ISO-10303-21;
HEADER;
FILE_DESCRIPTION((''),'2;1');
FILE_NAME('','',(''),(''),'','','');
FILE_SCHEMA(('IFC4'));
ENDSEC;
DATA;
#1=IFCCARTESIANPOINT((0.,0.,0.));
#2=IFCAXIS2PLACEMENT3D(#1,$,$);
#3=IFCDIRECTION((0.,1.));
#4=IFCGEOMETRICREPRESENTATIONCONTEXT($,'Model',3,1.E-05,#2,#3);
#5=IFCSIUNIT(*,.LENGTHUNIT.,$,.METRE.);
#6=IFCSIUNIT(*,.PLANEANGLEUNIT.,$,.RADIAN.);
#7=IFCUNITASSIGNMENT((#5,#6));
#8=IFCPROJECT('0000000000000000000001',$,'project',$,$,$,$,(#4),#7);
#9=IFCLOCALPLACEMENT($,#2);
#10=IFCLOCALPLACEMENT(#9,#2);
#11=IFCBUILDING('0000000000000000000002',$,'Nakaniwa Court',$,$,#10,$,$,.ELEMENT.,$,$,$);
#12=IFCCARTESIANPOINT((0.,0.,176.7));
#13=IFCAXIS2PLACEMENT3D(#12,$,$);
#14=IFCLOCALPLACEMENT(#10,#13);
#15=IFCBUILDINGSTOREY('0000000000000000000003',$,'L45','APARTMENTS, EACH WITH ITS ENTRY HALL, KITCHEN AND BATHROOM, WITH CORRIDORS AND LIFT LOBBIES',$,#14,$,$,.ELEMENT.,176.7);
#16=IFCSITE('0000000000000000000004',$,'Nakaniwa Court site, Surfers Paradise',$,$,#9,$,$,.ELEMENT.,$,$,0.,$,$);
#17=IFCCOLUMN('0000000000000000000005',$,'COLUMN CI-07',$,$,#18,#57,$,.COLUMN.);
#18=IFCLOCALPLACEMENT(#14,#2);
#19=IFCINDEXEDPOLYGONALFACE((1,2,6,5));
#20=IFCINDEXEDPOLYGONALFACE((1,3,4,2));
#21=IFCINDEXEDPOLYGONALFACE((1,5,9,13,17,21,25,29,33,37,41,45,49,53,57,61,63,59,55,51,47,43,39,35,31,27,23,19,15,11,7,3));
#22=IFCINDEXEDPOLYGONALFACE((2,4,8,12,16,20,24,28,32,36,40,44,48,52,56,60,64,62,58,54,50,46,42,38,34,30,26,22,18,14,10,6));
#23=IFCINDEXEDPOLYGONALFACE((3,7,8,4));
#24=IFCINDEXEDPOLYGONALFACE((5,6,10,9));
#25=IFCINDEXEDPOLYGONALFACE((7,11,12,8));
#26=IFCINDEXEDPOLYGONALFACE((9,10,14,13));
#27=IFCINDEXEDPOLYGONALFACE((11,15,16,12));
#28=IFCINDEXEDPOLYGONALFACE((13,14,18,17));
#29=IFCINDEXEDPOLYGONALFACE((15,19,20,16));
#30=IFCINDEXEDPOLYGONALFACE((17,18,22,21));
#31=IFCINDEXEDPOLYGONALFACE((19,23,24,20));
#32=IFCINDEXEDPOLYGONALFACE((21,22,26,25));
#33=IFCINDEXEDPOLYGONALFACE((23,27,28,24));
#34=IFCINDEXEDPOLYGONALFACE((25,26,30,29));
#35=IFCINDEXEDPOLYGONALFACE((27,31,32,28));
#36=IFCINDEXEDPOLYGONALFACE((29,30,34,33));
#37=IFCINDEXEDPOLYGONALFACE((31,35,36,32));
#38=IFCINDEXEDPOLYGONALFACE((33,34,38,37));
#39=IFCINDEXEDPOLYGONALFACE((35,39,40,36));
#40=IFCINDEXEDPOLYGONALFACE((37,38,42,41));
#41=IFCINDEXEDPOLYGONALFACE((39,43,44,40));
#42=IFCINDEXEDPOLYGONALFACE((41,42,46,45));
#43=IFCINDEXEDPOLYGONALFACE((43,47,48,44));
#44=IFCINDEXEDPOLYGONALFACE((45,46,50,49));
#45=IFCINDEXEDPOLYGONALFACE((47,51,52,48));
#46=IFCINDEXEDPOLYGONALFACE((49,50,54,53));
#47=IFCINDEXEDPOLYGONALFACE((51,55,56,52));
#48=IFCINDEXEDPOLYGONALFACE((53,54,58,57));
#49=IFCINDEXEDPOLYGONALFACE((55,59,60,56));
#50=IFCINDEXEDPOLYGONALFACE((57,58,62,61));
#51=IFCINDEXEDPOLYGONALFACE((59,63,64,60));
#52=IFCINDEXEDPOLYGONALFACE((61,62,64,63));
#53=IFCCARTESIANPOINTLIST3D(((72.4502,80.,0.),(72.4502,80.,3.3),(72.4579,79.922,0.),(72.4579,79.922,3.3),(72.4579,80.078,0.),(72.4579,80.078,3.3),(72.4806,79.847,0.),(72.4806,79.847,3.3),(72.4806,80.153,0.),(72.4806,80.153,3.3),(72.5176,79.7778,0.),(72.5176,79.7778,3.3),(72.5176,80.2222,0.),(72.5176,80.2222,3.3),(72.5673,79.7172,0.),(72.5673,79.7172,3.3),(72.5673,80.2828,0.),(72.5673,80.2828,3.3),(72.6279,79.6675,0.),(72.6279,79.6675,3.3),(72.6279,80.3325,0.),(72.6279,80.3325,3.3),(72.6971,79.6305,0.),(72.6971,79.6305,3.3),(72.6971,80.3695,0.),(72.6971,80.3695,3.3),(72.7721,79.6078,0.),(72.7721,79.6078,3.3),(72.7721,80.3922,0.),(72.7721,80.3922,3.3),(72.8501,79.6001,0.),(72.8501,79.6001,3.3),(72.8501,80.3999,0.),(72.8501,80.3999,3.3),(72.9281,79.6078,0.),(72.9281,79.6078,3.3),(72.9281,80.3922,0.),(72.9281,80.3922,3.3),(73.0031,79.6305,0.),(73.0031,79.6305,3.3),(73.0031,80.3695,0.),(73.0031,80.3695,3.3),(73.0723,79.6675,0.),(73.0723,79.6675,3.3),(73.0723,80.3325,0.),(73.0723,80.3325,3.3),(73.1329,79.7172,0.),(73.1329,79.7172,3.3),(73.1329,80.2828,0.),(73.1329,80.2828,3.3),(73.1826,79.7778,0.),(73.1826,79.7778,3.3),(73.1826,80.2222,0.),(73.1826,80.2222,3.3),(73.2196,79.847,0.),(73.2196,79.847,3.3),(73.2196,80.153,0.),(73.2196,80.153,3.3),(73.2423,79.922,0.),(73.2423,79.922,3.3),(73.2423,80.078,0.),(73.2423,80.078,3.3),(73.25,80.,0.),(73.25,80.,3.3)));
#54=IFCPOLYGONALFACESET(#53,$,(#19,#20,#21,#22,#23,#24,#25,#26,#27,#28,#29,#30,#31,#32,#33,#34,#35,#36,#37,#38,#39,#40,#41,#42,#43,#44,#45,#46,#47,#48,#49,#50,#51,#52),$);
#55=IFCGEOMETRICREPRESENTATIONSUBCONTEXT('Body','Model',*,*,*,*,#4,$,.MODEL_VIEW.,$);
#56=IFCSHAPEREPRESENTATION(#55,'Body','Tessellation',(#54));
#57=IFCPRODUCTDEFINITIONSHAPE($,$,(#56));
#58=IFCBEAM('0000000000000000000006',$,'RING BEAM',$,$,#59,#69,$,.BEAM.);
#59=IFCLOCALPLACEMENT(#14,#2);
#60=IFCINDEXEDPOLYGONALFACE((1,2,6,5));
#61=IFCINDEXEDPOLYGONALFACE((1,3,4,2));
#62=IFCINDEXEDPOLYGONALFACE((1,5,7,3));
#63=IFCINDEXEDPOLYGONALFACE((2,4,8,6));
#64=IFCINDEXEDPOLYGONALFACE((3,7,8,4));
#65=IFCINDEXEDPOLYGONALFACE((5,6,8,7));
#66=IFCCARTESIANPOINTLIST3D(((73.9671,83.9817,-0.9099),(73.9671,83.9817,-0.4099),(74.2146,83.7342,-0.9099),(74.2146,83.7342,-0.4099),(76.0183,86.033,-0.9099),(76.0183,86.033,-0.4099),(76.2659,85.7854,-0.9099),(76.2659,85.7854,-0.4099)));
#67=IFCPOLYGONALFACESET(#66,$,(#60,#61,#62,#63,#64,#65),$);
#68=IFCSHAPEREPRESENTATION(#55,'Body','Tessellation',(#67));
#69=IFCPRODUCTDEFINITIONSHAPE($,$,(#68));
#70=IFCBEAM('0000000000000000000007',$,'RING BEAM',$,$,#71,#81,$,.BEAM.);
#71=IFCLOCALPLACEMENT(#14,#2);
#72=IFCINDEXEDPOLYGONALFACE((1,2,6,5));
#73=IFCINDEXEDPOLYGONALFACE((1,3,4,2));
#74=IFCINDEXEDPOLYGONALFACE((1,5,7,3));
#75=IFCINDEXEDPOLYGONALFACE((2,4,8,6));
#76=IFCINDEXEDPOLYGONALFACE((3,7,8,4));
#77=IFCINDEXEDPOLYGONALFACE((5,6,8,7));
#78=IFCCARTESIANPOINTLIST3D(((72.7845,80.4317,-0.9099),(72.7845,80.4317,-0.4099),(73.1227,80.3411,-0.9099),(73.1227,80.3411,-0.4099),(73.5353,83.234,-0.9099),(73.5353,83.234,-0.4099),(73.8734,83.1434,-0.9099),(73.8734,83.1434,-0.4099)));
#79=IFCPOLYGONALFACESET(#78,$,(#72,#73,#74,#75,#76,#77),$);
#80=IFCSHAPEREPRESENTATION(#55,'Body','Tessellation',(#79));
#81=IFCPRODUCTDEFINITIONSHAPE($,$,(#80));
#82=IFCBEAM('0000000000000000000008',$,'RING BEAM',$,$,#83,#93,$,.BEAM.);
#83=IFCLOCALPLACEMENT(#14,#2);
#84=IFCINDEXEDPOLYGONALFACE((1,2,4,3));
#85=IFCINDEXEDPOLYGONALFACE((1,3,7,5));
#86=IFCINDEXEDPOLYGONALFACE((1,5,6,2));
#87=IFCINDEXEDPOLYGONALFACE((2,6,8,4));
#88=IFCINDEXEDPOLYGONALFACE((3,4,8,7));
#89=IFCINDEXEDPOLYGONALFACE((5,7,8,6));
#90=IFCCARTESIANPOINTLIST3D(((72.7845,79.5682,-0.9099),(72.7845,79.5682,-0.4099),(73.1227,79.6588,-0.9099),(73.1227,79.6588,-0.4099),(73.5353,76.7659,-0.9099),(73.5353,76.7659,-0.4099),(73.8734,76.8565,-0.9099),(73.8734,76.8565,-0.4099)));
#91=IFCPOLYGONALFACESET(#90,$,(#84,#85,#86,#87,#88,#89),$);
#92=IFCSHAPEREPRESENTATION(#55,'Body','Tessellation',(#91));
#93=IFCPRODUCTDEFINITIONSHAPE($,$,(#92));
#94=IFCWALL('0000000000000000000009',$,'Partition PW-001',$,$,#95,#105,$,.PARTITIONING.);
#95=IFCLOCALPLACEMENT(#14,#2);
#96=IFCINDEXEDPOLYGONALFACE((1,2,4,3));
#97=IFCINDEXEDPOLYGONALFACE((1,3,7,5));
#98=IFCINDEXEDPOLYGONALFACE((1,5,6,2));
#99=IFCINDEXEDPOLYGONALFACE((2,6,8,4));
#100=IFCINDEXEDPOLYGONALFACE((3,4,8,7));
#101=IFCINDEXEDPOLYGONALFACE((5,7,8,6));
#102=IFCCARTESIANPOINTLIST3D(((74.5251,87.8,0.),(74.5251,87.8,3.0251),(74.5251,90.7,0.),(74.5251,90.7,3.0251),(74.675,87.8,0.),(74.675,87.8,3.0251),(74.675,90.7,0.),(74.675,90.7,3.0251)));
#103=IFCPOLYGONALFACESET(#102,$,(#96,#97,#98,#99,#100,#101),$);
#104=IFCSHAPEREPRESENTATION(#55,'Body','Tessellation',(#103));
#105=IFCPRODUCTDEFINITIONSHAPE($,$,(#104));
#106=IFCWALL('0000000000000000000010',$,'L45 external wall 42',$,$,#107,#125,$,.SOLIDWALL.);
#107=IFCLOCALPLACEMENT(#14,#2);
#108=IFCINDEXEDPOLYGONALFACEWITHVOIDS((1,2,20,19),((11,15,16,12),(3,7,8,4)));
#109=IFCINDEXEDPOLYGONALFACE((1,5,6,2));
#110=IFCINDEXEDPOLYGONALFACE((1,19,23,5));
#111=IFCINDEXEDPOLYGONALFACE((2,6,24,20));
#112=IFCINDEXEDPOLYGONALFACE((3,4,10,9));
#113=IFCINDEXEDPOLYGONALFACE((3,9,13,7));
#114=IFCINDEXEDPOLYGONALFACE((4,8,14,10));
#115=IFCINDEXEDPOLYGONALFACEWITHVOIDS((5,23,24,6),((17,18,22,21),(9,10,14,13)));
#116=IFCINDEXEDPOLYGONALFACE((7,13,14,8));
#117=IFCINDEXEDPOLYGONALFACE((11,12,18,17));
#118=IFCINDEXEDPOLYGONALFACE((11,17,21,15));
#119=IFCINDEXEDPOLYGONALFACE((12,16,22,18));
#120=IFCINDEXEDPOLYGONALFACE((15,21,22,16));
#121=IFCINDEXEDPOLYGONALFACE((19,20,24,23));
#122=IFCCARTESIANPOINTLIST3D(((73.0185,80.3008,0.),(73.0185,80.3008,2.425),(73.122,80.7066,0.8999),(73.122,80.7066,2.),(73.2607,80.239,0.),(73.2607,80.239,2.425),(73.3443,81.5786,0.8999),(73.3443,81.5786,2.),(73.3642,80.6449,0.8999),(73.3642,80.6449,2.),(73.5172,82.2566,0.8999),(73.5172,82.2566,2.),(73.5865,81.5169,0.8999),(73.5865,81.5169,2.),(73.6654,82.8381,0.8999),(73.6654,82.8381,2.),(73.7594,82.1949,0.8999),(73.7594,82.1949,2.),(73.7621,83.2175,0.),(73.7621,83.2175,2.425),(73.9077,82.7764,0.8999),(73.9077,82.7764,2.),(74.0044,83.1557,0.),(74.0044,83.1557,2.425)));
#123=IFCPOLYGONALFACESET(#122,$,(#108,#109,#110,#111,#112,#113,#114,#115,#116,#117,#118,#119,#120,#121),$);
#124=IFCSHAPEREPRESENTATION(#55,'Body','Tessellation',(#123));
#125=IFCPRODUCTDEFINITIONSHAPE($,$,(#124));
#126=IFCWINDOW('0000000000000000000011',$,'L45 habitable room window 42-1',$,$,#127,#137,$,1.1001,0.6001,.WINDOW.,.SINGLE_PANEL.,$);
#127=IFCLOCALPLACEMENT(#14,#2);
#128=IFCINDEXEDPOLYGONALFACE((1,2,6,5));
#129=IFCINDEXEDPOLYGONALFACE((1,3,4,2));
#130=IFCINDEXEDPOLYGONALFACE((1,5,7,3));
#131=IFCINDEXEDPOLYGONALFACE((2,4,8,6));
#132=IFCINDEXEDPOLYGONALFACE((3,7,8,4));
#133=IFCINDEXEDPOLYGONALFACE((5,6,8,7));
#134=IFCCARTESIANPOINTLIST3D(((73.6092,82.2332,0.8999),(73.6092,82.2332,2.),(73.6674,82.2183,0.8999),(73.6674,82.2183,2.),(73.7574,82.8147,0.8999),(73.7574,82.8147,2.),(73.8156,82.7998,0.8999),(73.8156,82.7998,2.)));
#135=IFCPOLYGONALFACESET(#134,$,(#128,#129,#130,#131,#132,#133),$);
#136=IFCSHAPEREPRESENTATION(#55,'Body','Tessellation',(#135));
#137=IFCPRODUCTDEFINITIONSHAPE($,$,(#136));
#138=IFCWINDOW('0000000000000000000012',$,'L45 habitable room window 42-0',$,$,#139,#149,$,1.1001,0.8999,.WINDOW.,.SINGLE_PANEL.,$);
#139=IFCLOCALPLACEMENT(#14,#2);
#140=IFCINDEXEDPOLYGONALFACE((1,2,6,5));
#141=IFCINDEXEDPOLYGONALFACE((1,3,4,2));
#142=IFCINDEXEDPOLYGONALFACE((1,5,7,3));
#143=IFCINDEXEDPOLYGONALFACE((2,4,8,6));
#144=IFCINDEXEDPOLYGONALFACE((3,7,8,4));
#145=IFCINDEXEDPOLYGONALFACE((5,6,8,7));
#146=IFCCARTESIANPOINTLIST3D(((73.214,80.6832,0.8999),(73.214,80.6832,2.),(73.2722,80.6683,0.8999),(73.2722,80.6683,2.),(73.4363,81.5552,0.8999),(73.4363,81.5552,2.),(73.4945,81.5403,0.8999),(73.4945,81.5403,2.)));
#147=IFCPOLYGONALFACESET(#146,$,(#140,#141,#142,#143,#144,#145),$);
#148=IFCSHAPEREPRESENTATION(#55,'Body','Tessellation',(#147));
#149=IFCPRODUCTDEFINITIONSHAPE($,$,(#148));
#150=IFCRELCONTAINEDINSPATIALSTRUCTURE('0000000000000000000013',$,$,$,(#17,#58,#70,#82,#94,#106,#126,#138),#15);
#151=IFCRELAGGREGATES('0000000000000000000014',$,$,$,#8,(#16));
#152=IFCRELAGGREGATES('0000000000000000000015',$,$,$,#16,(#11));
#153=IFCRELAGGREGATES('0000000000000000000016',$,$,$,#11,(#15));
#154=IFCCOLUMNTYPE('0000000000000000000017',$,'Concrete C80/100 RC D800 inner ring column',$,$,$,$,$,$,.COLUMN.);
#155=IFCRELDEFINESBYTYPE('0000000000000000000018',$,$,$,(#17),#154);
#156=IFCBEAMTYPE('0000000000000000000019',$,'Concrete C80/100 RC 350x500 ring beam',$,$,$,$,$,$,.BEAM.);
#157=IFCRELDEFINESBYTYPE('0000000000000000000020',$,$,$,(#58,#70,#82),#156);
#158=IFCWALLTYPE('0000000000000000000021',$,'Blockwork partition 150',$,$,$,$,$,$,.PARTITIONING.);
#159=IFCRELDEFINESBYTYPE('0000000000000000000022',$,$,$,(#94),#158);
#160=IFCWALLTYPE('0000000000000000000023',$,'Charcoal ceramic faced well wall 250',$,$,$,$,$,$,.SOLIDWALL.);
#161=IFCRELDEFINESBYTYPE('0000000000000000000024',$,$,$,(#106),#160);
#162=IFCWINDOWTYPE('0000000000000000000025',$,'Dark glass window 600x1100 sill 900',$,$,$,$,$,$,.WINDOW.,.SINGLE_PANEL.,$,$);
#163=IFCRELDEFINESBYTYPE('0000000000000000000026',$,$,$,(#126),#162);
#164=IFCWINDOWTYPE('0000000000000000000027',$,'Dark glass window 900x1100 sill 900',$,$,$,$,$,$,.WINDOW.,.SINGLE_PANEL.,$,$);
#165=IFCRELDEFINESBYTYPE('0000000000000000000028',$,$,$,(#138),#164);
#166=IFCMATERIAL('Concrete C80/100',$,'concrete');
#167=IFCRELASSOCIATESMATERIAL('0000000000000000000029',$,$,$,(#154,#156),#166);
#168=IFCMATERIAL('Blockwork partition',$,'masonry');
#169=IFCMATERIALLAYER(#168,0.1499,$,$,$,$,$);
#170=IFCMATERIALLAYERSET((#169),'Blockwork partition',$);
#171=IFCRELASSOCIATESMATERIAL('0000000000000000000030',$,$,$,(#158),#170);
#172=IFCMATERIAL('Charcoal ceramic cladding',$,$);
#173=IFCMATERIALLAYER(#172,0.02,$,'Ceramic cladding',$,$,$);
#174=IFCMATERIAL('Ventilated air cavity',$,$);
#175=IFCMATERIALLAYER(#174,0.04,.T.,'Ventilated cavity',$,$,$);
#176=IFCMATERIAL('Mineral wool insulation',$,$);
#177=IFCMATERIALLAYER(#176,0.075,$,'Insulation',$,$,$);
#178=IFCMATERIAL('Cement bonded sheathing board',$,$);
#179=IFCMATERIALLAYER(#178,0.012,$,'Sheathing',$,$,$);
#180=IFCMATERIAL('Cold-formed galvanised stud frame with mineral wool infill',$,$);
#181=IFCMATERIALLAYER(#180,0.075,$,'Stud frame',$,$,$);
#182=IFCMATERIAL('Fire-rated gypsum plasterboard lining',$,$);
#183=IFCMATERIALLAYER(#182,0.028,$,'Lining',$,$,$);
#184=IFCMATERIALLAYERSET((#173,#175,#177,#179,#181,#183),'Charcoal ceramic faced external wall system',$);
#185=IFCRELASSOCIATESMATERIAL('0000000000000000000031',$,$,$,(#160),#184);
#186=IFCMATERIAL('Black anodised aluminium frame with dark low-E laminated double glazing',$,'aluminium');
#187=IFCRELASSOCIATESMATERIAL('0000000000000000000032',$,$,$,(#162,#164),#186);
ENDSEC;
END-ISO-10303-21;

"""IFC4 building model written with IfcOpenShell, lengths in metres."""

from ifc_helpers import new_model, si_unit, direction, frame, frame_2d, origin, origin_2d, place, context, subcontext, project, spatial, rectangle, circle, extrude, material, layer, layer_set, material_profile, profile_set, type_object, element, fill, save


model = new_model("IFC4")

# Units and contexts
model_context = context("Model", 3, precision=1e-05, world=origin(), true_north=direction((0.0, 1.0)))
body_context = subcontext(model_context, "Body", "Model", "MODEL_VIEW")
ifc_project = project(units=[si_unit("LENGTHUNIT", "METRE"), si_unit("PLANEANGLEUNIT", "RADIAN")], contexts=[model_context])

# Site, building, storey
site_placement = place(None, origin())
site = spatial("IfcSite", under=ifc_project, at=site_placement, Name="Nakaniwa Court site, Surfers Paradise", CompositionType="ELEMENT", RefElevation=0.0)
building_placement = place(site_placement, origin())
building = spatial("IfcBuilding", under=site, at=building_placement, Name="Nakaniwa Court", CompositionType="ELEMENT")
storey_placement = place(building_placement, frame((0.0, 0.0, 176.7)))
storey = spatial("IfcBuildingStorey", under=building, at=storey_placement, Name="L45", Description="APARTMENTS, EACH WITH ITS ENTRY HALL, KITCHEN AND BATHROOM, WITH CORRIDORS AND LIFT LOBBIES", CompositionType="ELEMENT", Elevation=176.7)

# Column
ifc_material_1 = material(Name="Concrete C80/100", Category="concrete")
ifc_material_profile_1 = material_profile(ifc_material_1, circle(Radius=0.3999, at=origin_2d()), Name="Concrete C80/100 RC D800 inner ring column")
ifc_profile_set_1 = profile_set([ifc_material_profile_1], Name="Concrete C80/100")
column_type = type_object("IfcColumnType", Name="Concrete C80/100 RC D800 inner ring column", PredefinedType="COLUMN", material=ifc_profile_set_1)
for number, where, z_axis, x_axis, name in (
    (1, (72.8501, 80.0, 0.0), (0.0, 0.0, 1.0), (0.0, -1.0, 0.0), "COLUMN CI-07"),
):
    element("IfcColumn", number, at=place(storey_placement, frame(where, z_axis=z_axis, x_axis=x_axis)), inside=storey, type_object=column_type, Name=name, PredefinedType="COLUMN", context=body_context, shape_type="SweptSolid", body=[
        extrude(circle(Radius=0.3999, at=origin_2d()), origin(), (0.0, 0.0, 1.0), 3.3),
    ])

# Beams
ifc_material_profile_2 = material_profile(ifc_material_1, rectangle(XDim=0.3501, YDim=0.5, at=origin_2d()), Name="Concrete C80/100 RC 350x500 ring beam")
ifc_profile_set_2 = profile_set([ifc_material_profile_2], Name="Concrete C80/100")
beam_type = type_object("IfcBeamType", Name="Concrete C80/100 RC 350x500 ring beam", PredefinedType="BEAM", material=ifc_profile_set_2)
beam_placement = place(storey_placement, frame((76.1421, 85.9092, -0.6599), z_axis=(-0.707107, -0.707107, 0.0), x_axis=(0.707107, -0.707107, 0.0)))
element("IfcBeam", 2, at=beam_placement, inside=storey, type_object=beam_type, Name="RING BEAM", PredefinedType="BEAM", context=body_context, shape_type="SweptSolid", body=[
    extrude(rectangle(XDim=0.3501, YDim=0.5, at=origin_2d()), origin(), (0.0, 0.0, 1.0), 2.9009),
])
for number, where, z_axis, x_axis, name in (
    (3, (73.7043, 83.1887, -0.6599), (-0.258778, -0.965937, 0.0), (0.965937, -0.258778, 0.0), "RING BEAM"),
    (4, (72.9536, 79.6135, -0.6599), (0.258778, -0.965937, 0.0), (0.965937, 0.258778, 0.0), "RING BEAM"),
):
    element("IfcBeam", number, at=place(storey_placement, frame(where, z_axis=z_axis, x_axis=x_axis)), inside=storey, type_object=beam_type, Name=name, PredefinedType="BEAM", context=body_context, shape_type="SweptSolid", body=[
        extrude(rectangle(XDim=0.3501, YDim=0.5, at=origin_2d()), origin(), (0.0, 0.0, 1.0), 2.9011),
    ])

# Wall
ifc_material_2 = material(Name="Blockwork partition", Category="masonry")
ifc_layer_1 = layer(ifc_material_2, 0.1499)
ifc_layer_set_1 = layer_set([ifc_layer_1], Name="Blockwork partition")
wall_type_1 = type_object("IfcWallType", Name="Blockwork partition 150", PredefinedType="PARTITIONING", material=ifc_layer_set_1)
wall_1_placement = place(storey_placement, frame((74.6001, 87.8, 0.0), z_axis=(0.0, 0.0, 1.0), x_axis=(0.0, 1.0, 0.0)))
element("IfcWall", 5, at=wall_1_placement, inside=storey, type_object=wall_type_1, Name="Partition PW-001", PredefinedType="PARTITIONING", context=body_context, shape_type="SweptSolid", body=[
    extrude(rectangle(XDim=2.8999, YDim=0.1499, at=frame_2d((1.45, 0.0))), origin(), (0.0, 0.0, 1.0), 3.0251),
])

# Wall, openings, windows
ifc_material_3 = material(Name="Charcoal ceramic cladding")
ifc_layer_2 = layer(ifc_material_3, 0.02, Name="Ceramic cladding")
ifc_material_4 = material(Name="Ventilated air cavity")
ifc_layer_3 = layer(ifc_material_4, 0.04, ventilated=True, Name="Ventilated cavity")
ifc_material_5 = material(Name="Mineral wool insulation")
ifc_layer_4 = layer(ifc_material_5, 0.075, Name="Insulation")
ifc_material_6 = material(Name="Cement bonded sheathing board")
ifc_layer_5 = layer(ifc_material_6, 0.012, Name="Sheathing")
ifc_material_7 = material(Name="Cold-formed galvanised stud frame with mineral wool infill")
ifc_layer_6 = layer(ifc_material_7, 0.075, Name="Stud frame")
ifc_material_8 = material(Name="Fire-rated gypsum plasterboard lining")
ifc_layer_7 = layer(ifc_material_8, 0.028, Name="Lining")
ifc_layer_set_2 = layer_set([ifc_layer_2, ifc_layer_3, ifc_layer_4, ifc_layer_5, ifc_layer_6, ifc_layer_7], Name="Charcoal ceramic faced external wall system")
wall_type_2 = type_object("IfcWallType", Name="Charcoal ceramic faced well wall 250", PredefinedType="SOLIDWALL", material=ifc_layer_set_2)
wall_2_placement = place(storey_placement, frame((73.1396, 80.27, 0.0), z_axis=(0.0, 0.0, 1.0), x_axis=(0.247056, 0.969001, 0.0)))
wall_2 = element("IfcWall", 6, at=wall_2_placement, inside=storey, type_object=wall_type_2, Name="L45 external wall 42", PredefinedType="SOLIDWALL", context=body_context, shape_type="SweptSolid", body=[
    extrude(rectangle(XDim=3.01, YDim=0.25, at=frame_2d((1.5049, 0.0))), origin(), (0.0, 0.0, 1.0), 2.425),
])
opening_1_placement = place(wall_2_placement, frame((0.4187, 0.0, 0.8999)))
opening_1 = element("IfcOpeningElement", 7, at=opening_1_placement, cuts=wall_2, PredefinedType="OPENING", context=body_context, shape_type="SweptSolid", body=[
    extrude(rectangle(XDim=0.8999, YDim=1.1001, at=frame_2d((0.45, 0.55))), frame((0.0, 0.135, 0.0), z_axis=(0.0, -1.0, 0.0), x_axis=(1.0, 0.0, 0.0)), (0.0, 0.0, 1.0), 0.27),
])
opening_2_placement = place(wall_2_placement, frame((2.0183, 0.0, 0.8999)))
opening_2 = element("IfcOpeningElement", 8, at=opening_2_placement, cuts=wall_2, PredefinedType="OPENING", context=body_context, shape_type="SweptSolid", body=[
    extrude(rectangle(XDim=0.6001, YDim=1.1001, at=frame_2d((0.3, 0.55))), frame((0.0, 0.135, 0.0), z_axis=(0.0, -1.0, 0.0), x_axis=(1.0, 0.0, 0.0)), (0.0, 0.0, 1.0), 0.27),
])
ifc_material_9 = material(Name="Black anodised aluminium frame with dark low-E laminated double glazing", Category="aluminium")
window_type_1 = type_object("IfcWindowType", Name="Dark glass window 600x1100 sill 900", PartitioningType="SINGLE_PANEL", PredefinedType="WINDOW", material=ifc_material_9)
window_1_placement = place(opening_2_placement, origin())
window_1 = element("IfcWindow", 9, at=window_1_placement, inside=storey, type_object=window_type_1, Name="L45 habitable room window 42-1", OverallHeight=1.1001, OverallWidth=0.6001, PartitioningType="SINGLE_PANEL", PredefinedType="WINDOW", context=body_context, shape_type="SweptSolid", body=[
    extrude(rectangle(XDim=0.6001, YDim=1.1001, at=frame_2d((0.3, 0.55))), frame((0.0, 0.03, 0.0), z_axis=(0.0, -1.0, 0.0), x_axis=(1.0, 0.0, 0.0)), (0.0, 0.0, 1.0), 0.0601),
])
fill(opening_2, window_1)
window_type_2 = type_object("IfcWindowType", Name="Dark glass window 900x1100 sill 900", PartitioningType="SINGLE_PANEL", PredefinedType="WINDOW", material=ifc_material_9)
window_2_placement = place(opening_1_placement, origin())
window_2 = element("IfcWindow", 10, at=window_2_placement, inside=storey, type_object=window_type_2, Name="L45 habitable room window 42-0", OverallHeight=1.1001, OverallWidth=0.8999, PartitioningType="SINGLE_PANEL", PredefinedType="WINDOW", context=body_context, shape_type="SweptSolid", body=[
    extrude(rectangle(XDim=0.8999, YDim=1.1001, at=frame_2d((0.45, 0.55))), frame((0.0, 0.03, 0.0), z_axis=(0.0, -1.0, 0.0), x_axis=(1.0, 0.0, 0.0)), (0.0, 0.0, 1.0), 0.0601),
])
fill(opening_1, window_2)

save(model, "model.ifc")
